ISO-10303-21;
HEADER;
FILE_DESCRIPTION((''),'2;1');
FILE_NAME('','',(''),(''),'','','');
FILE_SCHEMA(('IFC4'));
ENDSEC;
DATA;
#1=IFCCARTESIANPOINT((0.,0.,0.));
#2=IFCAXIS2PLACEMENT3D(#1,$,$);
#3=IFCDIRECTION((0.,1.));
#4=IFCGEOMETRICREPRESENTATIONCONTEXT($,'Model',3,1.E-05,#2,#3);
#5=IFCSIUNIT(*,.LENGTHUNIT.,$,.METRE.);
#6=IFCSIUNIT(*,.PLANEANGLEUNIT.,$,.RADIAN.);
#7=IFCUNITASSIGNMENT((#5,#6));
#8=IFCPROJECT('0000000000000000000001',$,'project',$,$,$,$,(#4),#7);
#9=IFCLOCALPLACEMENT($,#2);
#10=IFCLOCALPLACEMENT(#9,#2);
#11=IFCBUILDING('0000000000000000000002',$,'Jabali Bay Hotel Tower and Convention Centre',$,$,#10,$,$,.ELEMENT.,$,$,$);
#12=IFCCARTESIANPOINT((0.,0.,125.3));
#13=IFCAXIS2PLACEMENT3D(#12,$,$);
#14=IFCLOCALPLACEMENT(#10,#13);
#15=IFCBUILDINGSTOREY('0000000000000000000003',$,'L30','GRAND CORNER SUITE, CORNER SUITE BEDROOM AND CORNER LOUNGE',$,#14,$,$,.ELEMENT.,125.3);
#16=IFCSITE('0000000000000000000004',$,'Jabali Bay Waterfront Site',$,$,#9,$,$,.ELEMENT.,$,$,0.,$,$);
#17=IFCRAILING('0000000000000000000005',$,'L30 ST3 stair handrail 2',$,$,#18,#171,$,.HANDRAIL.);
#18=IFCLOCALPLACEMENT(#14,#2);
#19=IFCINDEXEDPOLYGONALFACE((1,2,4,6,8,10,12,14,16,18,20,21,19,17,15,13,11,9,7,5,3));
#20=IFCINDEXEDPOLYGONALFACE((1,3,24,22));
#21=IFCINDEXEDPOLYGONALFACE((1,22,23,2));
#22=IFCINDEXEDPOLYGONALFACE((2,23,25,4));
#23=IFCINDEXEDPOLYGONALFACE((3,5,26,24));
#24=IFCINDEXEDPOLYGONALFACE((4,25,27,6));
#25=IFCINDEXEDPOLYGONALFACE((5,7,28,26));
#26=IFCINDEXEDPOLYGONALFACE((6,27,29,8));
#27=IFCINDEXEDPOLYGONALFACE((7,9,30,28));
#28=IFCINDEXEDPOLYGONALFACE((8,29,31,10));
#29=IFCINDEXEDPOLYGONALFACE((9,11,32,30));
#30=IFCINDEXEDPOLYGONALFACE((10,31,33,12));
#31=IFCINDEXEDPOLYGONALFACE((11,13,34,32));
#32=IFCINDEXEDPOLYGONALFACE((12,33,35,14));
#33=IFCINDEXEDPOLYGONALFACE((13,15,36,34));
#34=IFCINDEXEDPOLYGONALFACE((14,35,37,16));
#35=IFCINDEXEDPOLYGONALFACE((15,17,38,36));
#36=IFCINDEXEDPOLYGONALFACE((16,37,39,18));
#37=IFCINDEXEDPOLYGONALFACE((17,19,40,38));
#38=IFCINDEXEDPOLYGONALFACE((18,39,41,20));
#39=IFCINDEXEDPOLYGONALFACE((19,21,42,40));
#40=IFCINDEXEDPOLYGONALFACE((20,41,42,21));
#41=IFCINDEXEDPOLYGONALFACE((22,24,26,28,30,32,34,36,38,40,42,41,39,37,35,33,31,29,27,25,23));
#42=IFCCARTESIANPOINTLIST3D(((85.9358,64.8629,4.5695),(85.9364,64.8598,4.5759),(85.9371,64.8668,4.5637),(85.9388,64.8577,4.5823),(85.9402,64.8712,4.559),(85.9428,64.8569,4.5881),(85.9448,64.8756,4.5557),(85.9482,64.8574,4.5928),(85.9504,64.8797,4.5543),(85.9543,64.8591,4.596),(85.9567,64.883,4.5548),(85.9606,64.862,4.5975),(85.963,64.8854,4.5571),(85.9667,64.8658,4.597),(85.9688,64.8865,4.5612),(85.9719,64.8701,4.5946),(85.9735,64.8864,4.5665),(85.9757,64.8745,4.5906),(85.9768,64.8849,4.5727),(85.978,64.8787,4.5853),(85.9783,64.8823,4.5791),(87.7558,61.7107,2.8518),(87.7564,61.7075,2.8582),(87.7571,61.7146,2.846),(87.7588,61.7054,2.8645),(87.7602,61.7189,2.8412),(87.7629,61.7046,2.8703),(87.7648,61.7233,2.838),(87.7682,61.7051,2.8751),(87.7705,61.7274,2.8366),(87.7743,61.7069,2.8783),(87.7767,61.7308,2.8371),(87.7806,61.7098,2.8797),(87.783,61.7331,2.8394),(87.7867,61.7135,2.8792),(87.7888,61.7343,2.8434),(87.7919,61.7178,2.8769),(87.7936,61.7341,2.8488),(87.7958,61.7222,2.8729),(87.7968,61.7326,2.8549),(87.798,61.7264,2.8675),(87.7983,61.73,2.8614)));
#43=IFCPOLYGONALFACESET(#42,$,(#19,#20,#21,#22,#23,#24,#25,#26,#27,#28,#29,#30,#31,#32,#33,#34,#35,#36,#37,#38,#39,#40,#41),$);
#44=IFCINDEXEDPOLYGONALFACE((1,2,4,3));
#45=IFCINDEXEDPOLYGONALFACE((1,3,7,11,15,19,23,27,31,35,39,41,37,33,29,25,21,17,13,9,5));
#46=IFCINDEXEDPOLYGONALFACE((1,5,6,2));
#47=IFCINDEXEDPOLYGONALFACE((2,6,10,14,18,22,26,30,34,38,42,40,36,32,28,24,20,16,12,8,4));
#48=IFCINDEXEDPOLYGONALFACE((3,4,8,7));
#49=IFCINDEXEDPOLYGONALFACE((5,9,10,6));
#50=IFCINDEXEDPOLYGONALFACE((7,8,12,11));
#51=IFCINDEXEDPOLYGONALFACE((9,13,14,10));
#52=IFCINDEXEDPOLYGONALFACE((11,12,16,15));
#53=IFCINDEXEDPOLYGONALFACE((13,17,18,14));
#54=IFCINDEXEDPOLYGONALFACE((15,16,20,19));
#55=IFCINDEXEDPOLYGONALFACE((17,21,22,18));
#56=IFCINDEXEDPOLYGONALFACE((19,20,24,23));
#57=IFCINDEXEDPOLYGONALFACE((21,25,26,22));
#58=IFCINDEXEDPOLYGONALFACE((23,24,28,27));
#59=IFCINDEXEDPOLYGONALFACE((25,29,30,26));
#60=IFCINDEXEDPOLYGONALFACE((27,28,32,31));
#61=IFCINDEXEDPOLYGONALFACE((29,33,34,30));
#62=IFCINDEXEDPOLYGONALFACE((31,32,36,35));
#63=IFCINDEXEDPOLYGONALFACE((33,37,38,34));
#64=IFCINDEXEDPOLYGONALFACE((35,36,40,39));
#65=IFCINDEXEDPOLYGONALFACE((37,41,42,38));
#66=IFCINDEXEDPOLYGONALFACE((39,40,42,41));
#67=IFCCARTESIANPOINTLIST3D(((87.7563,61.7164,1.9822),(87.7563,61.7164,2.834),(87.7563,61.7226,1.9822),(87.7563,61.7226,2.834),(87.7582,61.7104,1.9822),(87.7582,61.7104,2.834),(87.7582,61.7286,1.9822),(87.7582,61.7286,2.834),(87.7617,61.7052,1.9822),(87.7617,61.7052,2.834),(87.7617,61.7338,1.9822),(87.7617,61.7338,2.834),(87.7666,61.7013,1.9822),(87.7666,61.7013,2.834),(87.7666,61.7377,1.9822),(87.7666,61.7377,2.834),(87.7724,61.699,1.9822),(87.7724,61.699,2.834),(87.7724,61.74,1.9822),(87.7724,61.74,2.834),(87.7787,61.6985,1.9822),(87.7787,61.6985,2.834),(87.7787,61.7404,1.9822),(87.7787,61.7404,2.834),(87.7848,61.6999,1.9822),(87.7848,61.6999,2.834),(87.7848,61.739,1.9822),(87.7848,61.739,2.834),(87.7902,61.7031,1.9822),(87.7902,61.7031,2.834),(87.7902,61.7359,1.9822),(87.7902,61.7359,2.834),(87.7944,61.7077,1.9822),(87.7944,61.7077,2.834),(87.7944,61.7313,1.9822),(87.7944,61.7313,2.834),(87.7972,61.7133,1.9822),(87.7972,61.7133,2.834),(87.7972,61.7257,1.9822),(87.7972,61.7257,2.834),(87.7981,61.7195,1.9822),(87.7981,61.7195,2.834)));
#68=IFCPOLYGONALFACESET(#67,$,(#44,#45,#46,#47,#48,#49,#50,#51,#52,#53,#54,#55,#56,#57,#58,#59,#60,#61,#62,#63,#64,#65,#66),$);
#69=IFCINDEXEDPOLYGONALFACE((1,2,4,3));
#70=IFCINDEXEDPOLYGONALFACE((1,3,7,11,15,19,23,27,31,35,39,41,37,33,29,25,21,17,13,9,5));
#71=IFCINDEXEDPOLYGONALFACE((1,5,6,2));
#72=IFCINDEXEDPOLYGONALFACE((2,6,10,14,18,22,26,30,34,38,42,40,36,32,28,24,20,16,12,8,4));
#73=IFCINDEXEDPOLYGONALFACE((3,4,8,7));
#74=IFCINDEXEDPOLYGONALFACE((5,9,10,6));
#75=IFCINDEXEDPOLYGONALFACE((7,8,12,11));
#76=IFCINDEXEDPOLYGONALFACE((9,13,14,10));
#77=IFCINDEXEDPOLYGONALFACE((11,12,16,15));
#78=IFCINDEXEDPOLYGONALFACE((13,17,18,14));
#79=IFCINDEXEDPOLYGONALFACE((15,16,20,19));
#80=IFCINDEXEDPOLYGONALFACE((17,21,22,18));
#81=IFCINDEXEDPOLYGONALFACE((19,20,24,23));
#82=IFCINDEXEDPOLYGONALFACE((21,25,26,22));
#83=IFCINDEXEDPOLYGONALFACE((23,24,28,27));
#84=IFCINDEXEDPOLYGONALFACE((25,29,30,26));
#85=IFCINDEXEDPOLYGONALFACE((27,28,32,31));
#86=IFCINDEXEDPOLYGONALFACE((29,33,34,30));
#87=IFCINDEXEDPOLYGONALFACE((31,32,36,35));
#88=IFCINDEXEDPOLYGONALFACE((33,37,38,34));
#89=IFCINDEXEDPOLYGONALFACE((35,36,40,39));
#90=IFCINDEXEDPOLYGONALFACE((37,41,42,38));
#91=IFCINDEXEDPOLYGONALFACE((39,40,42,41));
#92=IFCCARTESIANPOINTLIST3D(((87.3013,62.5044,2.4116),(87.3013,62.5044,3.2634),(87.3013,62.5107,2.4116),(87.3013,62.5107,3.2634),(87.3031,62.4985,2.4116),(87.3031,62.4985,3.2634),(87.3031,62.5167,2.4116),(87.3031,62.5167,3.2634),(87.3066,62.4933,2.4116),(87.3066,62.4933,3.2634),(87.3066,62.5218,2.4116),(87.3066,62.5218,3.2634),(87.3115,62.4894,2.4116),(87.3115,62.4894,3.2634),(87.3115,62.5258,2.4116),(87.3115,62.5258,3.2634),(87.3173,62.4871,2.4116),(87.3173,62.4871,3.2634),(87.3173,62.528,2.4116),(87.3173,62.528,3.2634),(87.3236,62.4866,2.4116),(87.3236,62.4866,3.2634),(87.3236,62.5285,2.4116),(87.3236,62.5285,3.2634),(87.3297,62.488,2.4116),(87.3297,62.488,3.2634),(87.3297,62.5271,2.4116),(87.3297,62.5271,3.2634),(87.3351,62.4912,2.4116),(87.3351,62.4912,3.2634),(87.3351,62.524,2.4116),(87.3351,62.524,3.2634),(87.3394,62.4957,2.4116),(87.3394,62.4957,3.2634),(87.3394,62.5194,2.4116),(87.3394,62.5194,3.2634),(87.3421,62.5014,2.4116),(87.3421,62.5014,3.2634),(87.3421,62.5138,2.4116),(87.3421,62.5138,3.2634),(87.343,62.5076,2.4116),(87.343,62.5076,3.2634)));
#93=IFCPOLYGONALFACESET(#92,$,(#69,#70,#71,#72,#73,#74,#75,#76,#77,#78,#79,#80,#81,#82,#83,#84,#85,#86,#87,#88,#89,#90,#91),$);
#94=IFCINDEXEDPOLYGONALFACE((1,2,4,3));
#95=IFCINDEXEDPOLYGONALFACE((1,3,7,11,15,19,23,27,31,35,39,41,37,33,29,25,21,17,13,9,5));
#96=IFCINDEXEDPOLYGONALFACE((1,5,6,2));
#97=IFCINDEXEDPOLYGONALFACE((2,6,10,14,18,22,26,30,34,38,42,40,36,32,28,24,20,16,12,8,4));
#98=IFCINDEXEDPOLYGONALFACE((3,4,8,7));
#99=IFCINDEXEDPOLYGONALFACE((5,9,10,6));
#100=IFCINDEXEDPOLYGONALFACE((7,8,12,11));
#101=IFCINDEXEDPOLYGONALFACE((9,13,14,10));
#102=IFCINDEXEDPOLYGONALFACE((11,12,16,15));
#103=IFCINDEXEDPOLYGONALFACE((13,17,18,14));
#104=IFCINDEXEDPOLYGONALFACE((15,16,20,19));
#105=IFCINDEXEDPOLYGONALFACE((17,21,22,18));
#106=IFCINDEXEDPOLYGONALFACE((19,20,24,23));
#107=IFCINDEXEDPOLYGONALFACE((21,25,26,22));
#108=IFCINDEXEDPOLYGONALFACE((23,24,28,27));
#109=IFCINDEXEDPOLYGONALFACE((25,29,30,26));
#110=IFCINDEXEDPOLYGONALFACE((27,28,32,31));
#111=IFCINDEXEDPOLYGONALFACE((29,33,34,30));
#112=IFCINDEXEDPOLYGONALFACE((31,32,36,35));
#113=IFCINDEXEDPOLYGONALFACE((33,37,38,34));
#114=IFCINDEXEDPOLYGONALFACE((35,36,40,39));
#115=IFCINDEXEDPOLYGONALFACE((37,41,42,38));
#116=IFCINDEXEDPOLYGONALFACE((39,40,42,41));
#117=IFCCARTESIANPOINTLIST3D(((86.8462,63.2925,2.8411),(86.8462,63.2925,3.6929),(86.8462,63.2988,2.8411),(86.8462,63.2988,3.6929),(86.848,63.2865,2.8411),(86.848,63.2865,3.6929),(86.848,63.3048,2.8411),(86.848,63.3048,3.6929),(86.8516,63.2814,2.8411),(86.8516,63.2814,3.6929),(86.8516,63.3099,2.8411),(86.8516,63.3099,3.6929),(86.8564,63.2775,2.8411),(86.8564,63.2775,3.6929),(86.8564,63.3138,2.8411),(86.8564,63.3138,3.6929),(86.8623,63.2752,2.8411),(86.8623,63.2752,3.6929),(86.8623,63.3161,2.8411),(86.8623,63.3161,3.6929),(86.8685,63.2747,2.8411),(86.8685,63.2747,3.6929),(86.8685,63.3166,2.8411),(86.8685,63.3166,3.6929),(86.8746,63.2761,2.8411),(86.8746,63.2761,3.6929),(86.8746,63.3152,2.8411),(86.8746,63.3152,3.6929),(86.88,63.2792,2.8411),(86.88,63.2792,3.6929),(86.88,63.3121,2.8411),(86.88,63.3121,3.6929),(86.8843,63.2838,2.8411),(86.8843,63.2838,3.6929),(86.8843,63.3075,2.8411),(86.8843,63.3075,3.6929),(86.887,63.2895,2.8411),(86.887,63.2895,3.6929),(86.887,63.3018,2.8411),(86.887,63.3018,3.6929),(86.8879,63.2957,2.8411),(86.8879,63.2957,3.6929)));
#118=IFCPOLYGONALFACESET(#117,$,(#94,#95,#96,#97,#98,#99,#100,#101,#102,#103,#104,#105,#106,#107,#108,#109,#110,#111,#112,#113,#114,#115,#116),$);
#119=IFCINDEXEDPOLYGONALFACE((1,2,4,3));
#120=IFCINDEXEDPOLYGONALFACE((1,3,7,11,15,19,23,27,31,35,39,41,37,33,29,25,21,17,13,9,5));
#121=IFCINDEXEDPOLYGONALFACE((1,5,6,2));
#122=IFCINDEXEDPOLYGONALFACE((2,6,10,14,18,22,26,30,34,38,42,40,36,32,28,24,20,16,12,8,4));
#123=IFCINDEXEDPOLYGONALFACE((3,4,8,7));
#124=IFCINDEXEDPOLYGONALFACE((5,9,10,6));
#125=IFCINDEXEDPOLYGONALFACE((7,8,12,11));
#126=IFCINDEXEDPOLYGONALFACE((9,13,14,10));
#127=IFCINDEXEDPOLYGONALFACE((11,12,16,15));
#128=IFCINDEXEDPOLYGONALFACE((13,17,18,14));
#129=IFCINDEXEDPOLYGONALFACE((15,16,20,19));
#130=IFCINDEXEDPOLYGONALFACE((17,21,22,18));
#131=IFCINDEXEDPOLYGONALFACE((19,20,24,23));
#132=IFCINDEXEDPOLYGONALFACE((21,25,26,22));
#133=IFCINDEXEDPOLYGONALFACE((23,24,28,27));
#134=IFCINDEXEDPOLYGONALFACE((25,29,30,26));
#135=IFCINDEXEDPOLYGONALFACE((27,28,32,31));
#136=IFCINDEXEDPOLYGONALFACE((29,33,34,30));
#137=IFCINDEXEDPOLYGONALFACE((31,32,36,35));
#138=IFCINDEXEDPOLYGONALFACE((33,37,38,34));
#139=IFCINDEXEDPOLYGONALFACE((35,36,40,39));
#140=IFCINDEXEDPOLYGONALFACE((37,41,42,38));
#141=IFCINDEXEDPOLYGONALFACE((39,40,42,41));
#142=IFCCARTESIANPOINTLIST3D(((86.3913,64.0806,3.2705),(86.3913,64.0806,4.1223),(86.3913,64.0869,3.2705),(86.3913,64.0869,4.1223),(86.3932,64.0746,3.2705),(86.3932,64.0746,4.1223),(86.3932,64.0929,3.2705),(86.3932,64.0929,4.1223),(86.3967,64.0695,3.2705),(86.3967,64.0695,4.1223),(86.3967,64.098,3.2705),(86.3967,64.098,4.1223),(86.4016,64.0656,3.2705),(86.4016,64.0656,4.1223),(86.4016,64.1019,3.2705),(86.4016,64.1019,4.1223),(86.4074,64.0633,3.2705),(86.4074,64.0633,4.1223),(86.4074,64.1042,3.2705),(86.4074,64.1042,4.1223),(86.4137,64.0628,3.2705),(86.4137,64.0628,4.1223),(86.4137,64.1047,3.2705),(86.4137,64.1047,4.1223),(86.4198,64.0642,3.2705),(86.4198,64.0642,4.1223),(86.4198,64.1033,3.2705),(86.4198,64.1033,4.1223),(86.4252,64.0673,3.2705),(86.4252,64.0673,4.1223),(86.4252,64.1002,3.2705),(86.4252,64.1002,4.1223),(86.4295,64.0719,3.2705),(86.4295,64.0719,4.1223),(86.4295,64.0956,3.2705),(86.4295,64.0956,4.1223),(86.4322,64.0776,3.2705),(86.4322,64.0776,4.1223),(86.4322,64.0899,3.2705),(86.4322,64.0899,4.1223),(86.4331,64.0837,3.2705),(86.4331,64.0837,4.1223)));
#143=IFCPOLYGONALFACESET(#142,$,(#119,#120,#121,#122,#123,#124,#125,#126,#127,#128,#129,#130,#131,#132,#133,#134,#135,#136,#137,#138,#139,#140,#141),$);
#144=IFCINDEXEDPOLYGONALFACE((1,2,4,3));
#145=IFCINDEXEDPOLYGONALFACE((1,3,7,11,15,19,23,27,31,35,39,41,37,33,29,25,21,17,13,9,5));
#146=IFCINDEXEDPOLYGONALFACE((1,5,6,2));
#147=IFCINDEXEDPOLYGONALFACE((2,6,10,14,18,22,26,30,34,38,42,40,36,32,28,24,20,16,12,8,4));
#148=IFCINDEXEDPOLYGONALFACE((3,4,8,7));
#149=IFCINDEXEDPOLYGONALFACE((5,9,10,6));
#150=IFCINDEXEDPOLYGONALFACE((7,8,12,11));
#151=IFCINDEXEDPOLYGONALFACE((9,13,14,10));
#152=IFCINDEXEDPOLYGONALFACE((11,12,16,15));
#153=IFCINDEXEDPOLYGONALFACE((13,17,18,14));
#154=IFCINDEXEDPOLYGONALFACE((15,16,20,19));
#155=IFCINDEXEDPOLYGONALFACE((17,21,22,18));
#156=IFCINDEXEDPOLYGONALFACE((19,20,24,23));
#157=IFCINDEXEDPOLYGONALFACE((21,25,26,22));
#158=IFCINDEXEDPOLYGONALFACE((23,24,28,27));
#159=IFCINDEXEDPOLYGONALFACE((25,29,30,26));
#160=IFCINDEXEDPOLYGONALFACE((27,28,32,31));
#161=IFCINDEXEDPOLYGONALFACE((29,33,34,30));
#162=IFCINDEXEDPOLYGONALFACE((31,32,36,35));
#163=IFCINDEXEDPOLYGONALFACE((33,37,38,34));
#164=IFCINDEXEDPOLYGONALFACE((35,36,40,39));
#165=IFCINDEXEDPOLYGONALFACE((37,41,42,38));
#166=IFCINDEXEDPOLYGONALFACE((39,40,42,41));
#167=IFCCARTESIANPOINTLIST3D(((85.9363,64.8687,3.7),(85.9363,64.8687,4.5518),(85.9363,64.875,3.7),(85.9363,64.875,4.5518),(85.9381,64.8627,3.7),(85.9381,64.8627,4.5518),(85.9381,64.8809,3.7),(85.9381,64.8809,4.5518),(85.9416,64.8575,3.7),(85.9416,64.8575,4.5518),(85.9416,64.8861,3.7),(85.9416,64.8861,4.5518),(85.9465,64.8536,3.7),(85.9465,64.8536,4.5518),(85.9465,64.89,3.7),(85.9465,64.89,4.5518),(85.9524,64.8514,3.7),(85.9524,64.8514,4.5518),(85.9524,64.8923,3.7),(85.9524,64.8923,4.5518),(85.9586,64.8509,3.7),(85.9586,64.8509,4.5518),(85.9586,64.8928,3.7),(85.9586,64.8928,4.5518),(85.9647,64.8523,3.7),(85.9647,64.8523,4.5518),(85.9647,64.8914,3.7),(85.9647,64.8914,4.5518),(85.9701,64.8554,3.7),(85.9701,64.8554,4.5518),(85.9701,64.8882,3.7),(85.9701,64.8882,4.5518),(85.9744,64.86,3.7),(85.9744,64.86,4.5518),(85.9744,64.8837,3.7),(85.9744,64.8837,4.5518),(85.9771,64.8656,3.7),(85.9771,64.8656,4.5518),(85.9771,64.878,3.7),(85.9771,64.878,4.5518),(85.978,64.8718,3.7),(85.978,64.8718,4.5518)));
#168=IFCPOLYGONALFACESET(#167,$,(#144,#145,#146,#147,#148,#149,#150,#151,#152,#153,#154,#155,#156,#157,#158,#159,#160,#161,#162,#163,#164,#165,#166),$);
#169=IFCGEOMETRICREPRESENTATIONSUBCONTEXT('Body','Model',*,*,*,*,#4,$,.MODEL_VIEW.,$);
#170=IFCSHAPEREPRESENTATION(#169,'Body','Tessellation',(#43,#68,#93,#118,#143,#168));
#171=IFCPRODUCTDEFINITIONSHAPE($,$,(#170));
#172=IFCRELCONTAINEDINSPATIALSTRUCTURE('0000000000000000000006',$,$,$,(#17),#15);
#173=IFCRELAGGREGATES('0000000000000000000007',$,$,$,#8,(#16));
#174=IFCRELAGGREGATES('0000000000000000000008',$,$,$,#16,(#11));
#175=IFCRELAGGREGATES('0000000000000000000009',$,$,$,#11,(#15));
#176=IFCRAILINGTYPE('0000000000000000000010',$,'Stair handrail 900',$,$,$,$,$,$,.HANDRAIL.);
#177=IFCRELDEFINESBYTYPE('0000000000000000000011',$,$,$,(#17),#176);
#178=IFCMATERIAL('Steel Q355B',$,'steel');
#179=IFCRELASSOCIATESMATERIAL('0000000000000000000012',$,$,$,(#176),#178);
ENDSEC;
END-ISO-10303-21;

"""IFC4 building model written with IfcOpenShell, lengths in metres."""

from ifc_helpers import new_model, si_unit, direction, frame, origin, origin_2d, place, context, subcontext, project, spatial, circle, extrude, material, type_object, element, save


model = new_model("IFC4")

# Units and contexts
model_context = context("Model", 3, precision=1e-05, world=origin(), true_north=direction((0.0, 1.0)))
body_context = subcontext(model_context, "Body", "Model", "MODEL_VIEW")
ifc_project = project(units=[si_unit("LENGTHUNIT", "METRE"), si_unit("PLANEANGLEUNIT", "RADIAN")], contexts=[model_context])

# Site, building, storey
site_placement = place(None, origin())
site = spatial("IfcSite", under=ifc_project, at=site_placement, Name="Jabali Bay Waterfront Site", CompositionType="ELEMENT", RefElevation=0.0)
building_placement = place(site_placement, origin())
building = spatial("IfcBuilding", under=site, at=building_placement, Name="Jabali Bay Hotel Tower and Convention Centre", CompositionType="ELEMENT")
storey_placement = place(building_placement, frame((0.0, 0.0, 125.3)))
storey = spatial("IfcBuildingStorey", under=building, at=storey_placement, Name="L30", Description="GRAND CORNER SUITE, CORNER SUITE BEDROOM AND CORNER LOUNGE", CompositionType="ELEMENT", Elevation=125.3)

# Railing
ifc_material_1 = material(Name="Steel Q355B", Category="steel")
railing_type_1 = type_object("IfcRailingType", Name="Stair handrail 900", PredefinedType="HANDRAIL", material=ifc_material_1)
railing_1_placement = place(storey_placement, frame((87.7771, 61.7195, 1.9822)))
element("IfcRailing", 1, at=railing_1_placement, inside=storey, type_object=railing_type_1, Name="L30 ST3 stair handrail 2", PredefinedType="HANDRAIL", context=body_context, shape_type="SweptSolid", body=[
    extrude(circle(Radius=0.0239, at=origin_2d()), frame((0.0, 0.0, 0.876), z_axis=(-0.45219, 0.78319, 0.426775), x_axis=(-0.866018, -0.500013, 0.0)), (0.0, 0.0, 1.0), 4.0249),
    extrude(circle(Radius=0.021, at=origin_2d()), origin(), (0.0, 0.0, 1.0), 0.8518),
    extrude(circle(Radius=0.021, at=origin_2d()), frame((-0.4551, 0.7881, 0.4294)), (0.0, 0.0, 1.0), 0.8518),
    extrude(circle(Radius=0.021, at=origin_2d()), frame((-0.9102, 1.5762, 0.8589)), (0.0, 0.0, 1.0), 0.8518),
    extrude(circle(Radius=0.021, at=origin_2d()), frame((-1.365, 2.3643, 1.2883)), (0.0, 0.0, 1.0), 0.8518),
    extrude(circle(Radius=0.021, at=origin_2d()), frame((-1.8201, 3.1523, 1.7178)), (0.0, 0.0, 1.0), 0.8518),
])

save(model, "model.ifc")
